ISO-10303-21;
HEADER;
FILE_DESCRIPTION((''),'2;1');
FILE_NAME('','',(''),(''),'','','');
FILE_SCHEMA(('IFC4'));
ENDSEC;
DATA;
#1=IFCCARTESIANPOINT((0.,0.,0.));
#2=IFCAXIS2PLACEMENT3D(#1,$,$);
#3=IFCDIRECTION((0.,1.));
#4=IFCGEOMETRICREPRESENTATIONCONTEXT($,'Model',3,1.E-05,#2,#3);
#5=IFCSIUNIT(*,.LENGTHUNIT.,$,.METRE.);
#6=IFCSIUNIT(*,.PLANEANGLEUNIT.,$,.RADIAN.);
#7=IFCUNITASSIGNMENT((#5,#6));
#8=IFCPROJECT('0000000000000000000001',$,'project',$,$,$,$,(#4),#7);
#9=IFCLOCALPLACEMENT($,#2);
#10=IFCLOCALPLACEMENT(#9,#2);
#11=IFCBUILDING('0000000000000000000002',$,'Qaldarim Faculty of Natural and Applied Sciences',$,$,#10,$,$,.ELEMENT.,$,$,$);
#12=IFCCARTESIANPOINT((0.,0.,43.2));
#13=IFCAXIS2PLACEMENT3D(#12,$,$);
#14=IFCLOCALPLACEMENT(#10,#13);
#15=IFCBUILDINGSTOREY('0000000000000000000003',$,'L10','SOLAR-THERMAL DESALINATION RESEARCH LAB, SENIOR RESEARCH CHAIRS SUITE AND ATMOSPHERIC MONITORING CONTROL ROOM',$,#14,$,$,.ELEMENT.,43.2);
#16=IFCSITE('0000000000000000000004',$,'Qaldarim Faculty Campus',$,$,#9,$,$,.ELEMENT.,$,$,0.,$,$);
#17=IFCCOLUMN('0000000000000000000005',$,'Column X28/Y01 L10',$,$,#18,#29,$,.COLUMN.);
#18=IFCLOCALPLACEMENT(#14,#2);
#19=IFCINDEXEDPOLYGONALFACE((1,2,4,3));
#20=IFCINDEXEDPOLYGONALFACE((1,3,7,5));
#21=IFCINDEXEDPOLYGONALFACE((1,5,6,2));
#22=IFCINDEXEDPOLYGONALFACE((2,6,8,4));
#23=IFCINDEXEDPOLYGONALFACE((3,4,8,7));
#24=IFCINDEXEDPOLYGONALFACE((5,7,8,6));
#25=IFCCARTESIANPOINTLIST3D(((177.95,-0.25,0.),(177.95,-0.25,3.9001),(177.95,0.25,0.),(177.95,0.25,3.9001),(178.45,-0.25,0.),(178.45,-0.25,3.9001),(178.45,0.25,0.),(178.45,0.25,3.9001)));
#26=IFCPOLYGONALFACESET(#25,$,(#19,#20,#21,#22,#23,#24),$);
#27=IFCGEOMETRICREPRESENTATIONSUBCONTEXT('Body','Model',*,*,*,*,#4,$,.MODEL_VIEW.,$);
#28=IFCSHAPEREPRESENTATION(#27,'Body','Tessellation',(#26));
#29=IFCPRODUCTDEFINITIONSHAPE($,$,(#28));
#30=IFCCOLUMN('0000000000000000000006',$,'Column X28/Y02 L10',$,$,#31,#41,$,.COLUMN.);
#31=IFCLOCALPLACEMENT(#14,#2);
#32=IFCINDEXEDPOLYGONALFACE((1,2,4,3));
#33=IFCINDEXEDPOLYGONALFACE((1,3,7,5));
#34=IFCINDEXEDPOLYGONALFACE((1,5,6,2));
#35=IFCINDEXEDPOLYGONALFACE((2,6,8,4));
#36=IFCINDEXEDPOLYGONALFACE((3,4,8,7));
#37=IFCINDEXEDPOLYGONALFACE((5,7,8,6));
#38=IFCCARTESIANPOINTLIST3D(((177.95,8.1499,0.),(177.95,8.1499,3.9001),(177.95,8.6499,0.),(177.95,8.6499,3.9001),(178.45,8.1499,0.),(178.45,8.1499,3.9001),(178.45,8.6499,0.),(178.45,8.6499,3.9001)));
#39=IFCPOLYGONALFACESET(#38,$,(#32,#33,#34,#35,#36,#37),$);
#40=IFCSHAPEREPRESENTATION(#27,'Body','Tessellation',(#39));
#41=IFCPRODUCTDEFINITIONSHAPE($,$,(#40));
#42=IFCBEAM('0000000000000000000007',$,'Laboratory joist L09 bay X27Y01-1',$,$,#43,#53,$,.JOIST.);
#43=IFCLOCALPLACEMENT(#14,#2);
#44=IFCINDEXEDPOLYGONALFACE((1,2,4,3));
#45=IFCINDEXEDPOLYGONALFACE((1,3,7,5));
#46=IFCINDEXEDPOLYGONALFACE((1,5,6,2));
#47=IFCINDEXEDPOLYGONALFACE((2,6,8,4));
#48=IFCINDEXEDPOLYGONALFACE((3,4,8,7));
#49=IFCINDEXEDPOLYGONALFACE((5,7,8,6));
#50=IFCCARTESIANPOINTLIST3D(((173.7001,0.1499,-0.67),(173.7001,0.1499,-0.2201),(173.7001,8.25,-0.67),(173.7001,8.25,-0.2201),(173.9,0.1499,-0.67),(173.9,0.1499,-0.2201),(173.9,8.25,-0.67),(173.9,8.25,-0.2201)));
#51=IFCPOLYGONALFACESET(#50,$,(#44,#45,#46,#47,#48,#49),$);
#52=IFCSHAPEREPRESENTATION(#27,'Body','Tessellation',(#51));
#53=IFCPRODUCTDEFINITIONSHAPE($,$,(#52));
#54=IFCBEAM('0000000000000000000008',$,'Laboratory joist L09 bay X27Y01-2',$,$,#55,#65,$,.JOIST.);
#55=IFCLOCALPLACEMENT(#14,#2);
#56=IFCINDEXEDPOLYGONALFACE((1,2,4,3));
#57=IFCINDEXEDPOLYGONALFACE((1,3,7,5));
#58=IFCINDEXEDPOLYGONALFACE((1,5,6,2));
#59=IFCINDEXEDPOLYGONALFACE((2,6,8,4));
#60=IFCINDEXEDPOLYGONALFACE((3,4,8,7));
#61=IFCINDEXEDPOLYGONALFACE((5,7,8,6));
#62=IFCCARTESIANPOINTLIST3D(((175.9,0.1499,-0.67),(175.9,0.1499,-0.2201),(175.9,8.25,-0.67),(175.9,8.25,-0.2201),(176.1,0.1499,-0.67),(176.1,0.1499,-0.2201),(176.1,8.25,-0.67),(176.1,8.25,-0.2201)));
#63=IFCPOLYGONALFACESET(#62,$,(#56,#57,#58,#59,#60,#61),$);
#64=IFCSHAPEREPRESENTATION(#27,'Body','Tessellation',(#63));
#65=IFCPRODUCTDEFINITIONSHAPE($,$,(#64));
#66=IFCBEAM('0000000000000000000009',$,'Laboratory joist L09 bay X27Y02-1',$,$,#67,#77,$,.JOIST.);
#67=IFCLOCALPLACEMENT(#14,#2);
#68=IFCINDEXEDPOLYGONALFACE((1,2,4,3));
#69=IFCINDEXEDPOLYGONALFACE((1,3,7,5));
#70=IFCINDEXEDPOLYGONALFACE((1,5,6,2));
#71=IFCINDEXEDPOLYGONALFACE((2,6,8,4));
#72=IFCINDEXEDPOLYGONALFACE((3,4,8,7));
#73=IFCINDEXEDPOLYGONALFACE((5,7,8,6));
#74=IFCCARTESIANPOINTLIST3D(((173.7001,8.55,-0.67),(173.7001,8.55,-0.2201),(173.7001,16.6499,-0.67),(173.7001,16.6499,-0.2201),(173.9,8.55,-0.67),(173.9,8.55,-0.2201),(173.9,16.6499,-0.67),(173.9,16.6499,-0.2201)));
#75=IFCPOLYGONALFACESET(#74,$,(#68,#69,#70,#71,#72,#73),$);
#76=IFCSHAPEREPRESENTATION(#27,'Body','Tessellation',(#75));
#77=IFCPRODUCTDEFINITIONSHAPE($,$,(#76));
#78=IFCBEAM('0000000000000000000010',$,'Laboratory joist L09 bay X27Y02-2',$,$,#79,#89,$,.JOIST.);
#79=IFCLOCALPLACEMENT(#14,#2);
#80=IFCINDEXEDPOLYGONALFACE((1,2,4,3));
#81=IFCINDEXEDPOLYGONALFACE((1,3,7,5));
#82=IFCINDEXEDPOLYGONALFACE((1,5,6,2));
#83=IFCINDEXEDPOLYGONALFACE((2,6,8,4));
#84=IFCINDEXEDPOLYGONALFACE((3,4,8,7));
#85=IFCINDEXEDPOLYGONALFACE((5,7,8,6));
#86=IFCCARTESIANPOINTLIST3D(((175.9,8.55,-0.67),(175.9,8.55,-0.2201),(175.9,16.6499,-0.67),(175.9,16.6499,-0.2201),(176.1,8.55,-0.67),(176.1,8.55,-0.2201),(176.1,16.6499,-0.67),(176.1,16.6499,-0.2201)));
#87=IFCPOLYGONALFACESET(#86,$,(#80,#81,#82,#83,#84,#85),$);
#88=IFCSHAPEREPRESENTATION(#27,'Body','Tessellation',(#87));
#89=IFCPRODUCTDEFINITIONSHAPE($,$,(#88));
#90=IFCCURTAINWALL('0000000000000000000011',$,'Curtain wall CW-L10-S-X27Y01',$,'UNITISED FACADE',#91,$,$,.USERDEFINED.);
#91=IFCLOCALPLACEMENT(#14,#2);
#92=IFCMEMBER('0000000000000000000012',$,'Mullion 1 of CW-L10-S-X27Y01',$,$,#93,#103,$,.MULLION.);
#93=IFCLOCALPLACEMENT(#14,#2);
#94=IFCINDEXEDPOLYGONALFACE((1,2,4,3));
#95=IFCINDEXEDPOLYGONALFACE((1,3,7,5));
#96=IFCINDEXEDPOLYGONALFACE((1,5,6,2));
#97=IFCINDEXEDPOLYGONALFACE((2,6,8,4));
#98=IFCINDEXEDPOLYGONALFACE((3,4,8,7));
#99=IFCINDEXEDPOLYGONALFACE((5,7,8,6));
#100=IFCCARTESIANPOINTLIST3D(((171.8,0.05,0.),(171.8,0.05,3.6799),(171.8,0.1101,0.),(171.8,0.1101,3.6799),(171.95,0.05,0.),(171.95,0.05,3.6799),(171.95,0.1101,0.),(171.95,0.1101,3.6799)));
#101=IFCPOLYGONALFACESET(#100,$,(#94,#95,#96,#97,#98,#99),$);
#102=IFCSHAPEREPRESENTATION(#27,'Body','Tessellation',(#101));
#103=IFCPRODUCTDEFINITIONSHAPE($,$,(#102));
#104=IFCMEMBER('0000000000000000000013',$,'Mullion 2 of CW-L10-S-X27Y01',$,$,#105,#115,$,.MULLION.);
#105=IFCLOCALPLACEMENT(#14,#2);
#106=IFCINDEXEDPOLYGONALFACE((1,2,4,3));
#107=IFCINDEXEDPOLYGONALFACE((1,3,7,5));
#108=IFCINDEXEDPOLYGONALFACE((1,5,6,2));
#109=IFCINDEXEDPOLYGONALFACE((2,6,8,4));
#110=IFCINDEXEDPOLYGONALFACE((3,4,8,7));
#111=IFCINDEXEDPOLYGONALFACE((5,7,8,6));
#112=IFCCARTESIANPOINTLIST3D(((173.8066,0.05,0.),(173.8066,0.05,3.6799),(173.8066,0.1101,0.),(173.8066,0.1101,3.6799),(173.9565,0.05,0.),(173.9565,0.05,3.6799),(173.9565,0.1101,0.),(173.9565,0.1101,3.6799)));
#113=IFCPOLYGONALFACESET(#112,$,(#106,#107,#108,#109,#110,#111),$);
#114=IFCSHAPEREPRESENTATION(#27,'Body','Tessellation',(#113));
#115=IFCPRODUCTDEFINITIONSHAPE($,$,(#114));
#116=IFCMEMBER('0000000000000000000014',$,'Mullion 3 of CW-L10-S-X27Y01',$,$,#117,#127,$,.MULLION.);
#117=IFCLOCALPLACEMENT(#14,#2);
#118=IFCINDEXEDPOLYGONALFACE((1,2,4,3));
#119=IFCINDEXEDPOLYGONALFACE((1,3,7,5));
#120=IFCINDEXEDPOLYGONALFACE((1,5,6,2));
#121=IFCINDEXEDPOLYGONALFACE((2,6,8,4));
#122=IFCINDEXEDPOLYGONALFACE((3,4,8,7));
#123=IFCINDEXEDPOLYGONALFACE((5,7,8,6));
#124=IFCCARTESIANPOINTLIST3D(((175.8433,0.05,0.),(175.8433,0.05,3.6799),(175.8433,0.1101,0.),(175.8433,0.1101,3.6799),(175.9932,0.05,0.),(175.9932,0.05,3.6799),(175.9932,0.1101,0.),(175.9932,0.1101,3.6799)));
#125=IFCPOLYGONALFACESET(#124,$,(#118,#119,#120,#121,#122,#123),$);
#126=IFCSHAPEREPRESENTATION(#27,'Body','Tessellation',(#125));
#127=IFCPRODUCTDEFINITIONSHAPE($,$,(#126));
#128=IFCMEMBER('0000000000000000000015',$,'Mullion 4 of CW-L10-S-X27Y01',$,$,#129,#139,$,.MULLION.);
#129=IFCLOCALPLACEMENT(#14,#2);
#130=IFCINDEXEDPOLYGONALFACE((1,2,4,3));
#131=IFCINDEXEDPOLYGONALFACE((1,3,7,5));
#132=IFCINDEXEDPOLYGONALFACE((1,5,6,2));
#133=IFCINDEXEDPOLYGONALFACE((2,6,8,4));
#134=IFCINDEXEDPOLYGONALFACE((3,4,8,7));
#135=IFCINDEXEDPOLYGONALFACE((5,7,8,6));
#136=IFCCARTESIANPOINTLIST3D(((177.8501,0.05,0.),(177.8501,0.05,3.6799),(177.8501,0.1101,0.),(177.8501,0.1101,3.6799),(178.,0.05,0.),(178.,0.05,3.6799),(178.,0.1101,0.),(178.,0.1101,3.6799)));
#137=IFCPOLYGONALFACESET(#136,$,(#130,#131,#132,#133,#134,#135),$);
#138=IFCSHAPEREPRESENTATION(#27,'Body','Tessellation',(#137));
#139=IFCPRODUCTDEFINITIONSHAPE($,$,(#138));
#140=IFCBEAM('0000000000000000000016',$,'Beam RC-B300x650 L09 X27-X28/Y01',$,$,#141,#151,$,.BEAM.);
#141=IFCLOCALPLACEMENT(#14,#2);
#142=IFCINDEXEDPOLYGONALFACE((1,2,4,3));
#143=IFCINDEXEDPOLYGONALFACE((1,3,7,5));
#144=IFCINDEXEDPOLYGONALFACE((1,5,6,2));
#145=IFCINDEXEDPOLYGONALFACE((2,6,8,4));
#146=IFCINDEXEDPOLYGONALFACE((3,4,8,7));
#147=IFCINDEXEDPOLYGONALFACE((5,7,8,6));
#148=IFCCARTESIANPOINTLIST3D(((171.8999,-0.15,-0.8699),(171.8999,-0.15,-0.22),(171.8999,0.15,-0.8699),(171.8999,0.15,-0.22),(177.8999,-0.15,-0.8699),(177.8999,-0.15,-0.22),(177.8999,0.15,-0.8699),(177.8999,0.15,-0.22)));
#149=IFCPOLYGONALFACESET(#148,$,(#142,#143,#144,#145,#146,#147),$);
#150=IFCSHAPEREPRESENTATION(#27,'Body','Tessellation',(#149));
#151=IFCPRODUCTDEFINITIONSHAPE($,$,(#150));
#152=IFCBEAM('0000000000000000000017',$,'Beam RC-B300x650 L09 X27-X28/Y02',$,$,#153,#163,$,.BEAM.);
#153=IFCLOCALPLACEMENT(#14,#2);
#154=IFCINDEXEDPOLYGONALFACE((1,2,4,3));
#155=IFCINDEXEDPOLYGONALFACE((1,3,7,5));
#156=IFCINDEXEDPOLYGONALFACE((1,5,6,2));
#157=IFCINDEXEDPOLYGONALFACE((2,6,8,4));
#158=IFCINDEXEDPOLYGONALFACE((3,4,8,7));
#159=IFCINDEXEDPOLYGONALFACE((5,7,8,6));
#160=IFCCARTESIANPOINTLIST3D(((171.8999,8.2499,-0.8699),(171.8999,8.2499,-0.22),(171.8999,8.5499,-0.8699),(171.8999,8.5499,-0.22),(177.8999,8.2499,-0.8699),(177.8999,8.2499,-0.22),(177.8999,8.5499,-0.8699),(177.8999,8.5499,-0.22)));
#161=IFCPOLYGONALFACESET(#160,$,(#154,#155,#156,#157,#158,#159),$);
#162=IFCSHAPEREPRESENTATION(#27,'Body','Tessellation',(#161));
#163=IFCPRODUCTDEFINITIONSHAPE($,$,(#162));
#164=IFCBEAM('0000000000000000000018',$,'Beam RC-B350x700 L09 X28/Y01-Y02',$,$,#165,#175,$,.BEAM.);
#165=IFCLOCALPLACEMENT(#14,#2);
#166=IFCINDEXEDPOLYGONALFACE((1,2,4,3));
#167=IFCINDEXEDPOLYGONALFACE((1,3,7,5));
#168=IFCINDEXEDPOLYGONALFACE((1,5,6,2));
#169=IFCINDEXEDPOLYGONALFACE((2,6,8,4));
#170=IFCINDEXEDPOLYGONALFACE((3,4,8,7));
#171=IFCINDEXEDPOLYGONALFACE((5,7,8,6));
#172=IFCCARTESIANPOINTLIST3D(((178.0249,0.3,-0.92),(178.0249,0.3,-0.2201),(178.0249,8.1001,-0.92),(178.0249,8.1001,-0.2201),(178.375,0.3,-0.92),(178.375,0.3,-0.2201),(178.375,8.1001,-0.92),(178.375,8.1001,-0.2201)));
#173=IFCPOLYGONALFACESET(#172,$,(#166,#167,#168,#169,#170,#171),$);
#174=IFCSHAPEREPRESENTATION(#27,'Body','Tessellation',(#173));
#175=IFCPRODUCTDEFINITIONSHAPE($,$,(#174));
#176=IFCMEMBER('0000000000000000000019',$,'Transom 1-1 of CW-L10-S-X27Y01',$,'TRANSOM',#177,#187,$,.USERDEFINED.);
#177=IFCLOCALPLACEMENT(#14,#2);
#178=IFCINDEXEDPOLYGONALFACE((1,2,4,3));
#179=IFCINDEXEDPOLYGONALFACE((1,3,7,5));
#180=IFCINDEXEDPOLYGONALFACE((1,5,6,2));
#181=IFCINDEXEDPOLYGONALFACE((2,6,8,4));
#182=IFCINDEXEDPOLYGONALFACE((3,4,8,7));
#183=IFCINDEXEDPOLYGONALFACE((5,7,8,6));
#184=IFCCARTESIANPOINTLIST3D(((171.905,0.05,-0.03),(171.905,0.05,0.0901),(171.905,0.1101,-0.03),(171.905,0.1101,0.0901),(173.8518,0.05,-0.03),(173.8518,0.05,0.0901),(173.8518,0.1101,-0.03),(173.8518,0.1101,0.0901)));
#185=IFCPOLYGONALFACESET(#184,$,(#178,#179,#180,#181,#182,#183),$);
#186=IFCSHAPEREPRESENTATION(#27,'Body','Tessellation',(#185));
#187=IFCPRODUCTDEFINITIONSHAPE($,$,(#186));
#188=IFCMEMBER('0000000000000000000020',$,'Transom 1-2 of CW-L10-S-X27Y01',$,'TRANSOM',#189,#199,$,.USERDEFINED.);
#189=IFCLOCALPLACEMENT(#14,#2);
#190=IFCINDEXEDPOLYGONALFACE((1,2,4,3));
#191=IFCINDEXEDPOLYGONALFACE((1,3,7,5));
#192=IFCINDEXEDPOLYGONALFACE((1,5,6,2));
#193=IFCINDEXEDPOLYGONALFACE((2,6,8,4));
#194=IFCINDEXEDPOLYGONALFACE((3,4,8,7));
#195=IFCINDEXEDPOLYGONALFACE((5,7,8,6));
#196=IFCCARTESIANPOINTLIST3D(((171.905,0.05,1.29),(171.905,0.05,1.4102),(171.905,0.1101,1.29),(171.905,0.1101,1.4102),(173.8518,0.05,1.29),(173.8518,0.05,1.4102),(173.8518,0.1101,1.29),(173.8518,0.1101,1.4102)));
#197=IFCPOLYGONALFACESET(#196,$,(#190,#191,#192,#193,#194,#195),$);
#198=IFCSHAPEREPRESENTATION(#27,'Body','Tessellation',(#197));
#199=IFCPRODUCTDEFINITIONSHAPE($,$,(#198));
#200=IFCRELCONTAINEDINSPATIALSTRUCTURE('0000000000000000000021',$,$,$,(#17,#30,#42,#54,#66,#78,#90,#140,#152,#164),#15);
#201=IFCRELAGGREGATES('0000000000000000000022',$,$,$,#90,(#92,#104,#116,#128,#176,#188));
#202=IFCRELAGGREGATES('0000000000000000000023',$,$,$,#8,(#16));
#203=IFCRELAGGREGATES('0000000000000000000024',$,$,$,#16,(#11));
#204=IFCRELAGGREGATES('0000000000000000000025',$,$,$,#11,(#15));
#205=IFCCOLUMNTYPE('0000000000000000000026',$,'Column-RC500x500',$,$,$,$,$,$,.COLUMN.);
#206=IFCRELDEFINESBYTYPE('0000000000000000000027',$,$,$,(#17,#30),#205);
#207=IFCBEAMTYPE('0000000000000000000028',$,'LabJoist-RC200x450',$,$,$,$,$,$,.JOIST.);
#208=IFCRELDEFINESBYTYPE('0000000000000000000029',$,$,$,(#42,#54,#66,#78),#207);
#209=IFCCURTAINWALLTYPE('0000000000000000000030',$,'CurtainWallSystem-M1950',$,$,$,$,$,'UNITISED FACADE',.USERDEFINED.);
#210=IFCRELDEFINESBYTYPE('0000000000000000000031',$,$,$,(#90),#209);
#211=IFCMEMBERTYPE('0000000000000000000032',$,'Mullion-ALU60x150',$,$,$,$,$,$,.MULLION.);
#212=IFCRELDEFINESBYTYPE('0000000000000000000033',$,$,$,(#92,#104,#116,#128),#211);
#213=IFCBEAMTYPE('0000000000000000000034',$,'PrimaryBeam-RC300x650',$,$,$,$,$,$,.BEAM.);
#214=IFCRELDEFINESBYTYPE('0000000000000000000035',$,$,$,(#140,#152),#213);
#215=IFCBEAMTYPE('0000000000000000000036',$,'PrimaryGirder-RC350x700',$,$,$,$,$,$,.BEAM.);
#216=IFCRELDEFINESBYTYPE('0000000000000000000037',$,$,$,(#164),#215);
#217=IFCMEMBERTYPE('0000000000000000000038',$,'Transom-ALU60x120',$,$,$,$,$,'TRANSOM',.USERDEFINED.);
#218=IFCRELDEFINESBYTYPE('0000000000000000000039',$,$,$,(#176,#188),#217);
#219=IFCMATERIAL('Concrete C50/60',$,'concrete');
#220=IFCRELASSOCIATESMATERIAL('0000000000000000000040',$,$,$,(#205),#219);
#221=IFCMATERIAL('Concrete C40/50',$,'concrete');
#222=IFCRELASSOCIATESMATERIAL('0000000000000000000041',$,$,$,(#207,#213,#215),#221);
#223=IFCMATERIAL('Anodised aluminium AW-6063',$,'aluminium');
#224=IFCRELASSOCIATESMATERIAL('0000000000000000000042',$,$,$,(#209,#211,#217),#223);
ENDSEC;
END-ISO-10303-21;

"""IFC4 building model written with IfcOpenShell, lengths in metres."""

from ifc_helpers import new_model, si_unit, direction, frame, origin, origin_2d, place, context, subcontext, project, spatial, rectangle, extrude, material, material_profile, profile_set, type_object, element, aggregate, save


model = new_model("IFC4")

# Units and contexts
model_context = context("Model", 3, precision=1e-05, world=origin(), true_north=direction((0.0, 1.0)))
body_context = subcontext(model_context, "Body", "Model", "MODEL_VIEW")
ifc_project = project(units=[si_unit("LENGTHUNIT", "METRE"), si_unit("PLANEANGLEUNIT", "RADIAN")], contexts=[model_context])

# Site, building, storey
site_placement = place(None, origin())
site = spatial("IfcSite", under=ifc_project, at=site_placement, Name="Qaldarim Faculty Campus", CompositionType="ELEMENT", RefElevation=0.0)
building_placement = place(site_placement, origin())
building = spatial("IfcBuilding", under=site, at=building_placement, Name="Qaldarim Faculty of Natural and Applied Sciences", CompositionType="ELEMENT")
storey_placement = place(building_placement, frame((0.0, 0.0, 43.2)))
storey = spatial("IfcBuildingStorey", under=building, at=storey_placement, Name="L10", Description="SOLAR-THERMAL DESALINATION RESEARCH LAB, SENIOR RESEARCH CHAIRS SUITE AND ATMOSPHERIC MONITORING CONTROL ROOM", CompositionType="ELEMENT", Elevation=43.2)

# Columns
ifc_material_1 = material(Name="Concrete C50/60", Category="concrete")
ifc_material_profile_1 = material_profile(ifc_material_1, rectangle(XDim=0.5, YDim=0.5, at=origin_2d()), Name="RC-C500x500")
ifc_profile_set_1 = profile_set([ifc_material_profile_1], Name="Concrete C50/60")
column_type = type_object("IfcColumnType", Name="Column-RC500x500", PredefinedType="COLUMN", material=ifc_profile_set_1)
for number, where, z_axis, x_axis, name in (
    (1, (178.2, 0.0, 0.0), (0.0, 0.0, 1.0), (1.0, 0.0, 0.0), "Column X28/Y01 L10"),
    (2, (178.2, 8.3999, 0.0), (0.0, 0.0, 1.0), (1.0, 0.0, 0.0), "Column X28/Y02 L10"),
):
    element("IfcColumn", number, at=place(storey_placement, frame(where, z_axis=z_axis, x_axis=x_axis)), inside=storey, type_object=column_type, Name=name, PredefinedType="COLUMN", context=body_context, shape_type="SweptSolid", body=[
        extrude(rectangle(XDim=0.5, YDim=0.5, at=origin_2d()), origin(), (0.0, 0.0, 1.0), 3.9001),
    ])

# Beams
ifc_material_2 = material(Name="Concrete C40/50", Category="concrete")
ifc_material_profile_2 = material_profile(ifc_material_2, rectangle(XDim=0.2, YDim=0.45, at=origin_2d()), Name="RC-J200x450")
ifc_profile_set_2 = profile_set([ifc_material_profile_2], Name="Concrete C40/50")
beam_type_1 = type_object("IfcBeamType", Name="LabJoist-RC200x450", PredefinedType="JOIST", material=ifc_profile_set_2)
for number, where, z_axis, x_axis, name in (
    (3, (173.8, 0.1499, -0.4451), (0.0, 1.0, 0.0), (-1.0, 0.0, 0.0), "Laboratory joist L09 bay X27Y01-1"),
    (4, (176.0, 0.1499, -0.4451), (0.0, 1.0, 0.0), (-1.0, 0.0, 0.0), "Laboratory joist L09 bay X27Y01-2"),
):
    element("IfcBeam", number, at=place(storey_placement, frame(where, z_axis=z_axis, x_axis=x_axis)), inside=storey, type_object=beam_type_1, Name=name, PredefinedType="JOIST", context=body_context, shape_type="SweptSolid", body=[
        extrude(rectangle(XDim=0.2, YDim=0.45, at=origin_2d()), origin(), (0.0, 0.0, 1.0), 8.1001),
    ])
for number, where, z_axis, x_axis, name in (
    (5, (173.8, 8.55, -0.4451), (0.0, 1.0, 0.0), (-1.0, 0.0, 0.0), "Laboratory joist L09 bay X27Y02-1"),
    (6, (176.0, 8.55, -0.4451), (0.0, 1.0, 0.0), (-1.0, 0.0, 0.0), "Laboratory joist L09 bay X27Y02-2"),
):
    element("IfcBeam", number, at=place(storey_placement, frame(where, z_axis=z_axis, x_axis=x_axis)), inside=storey, type_object=beam_type_1, Name=name, PredefinedType="JOIST", context=body_context, shape_type="SweptSolid", body=[
        extrude(rectangle(XDim=0.2, YDim=0.45, at=origin_2d()), origin(), (0.0, 0.0, 1.0), 8.0999),
    ])

# Curtain wall, members
ifc_material_3 = material(Name="Anodised aluminium AW-6063", Category="aluminium")
curtain_wall_type = type_object("IfcCurtainWallType", Name="CurtainWallSystem-M1950", ElementType="UNITISED FACADE", PredefinedType="USERDEFINED", material=ifc_material_3)
curtain_wall_placement = place(storey_placement, origin())
curtain_wall = element("IfcCurtainWall", 7, at=curtain_wall_placement, inside=storey, type_object=curtain_wall_type, Name="Curtain wall CW-L10-S-X27Y01", ObjectType="UNITISED FACADE", PredefinedType="USERDEFINED")
ifc_material_profile_3 = material_profile(ifc_material_3, rectangle(XDim=0.0601, YDim=0.1499, at=origin_2d()), Name="ALU-M60x150")
ifc_profile_set_3 = profile_set([ifc_material_profile_3], Name="Anodised aluminium AW-6063")
member_type_1 = type_object("IfcMemberType", Name="Mullion-ALU60x150", PredefinedType="MULLION", material=ifc_profile_set_3)
member_1_placement = place(storey_placement, frame((171.875, 0.0801, 0.0), z_axis=(0.0, 0.0, 1.0), x_axis=(0.0, 1.0, 0.0)))
member_1 = element("IfcMember", 8, at=member_1_placement, type_object=member_type_1, Name="Mullion 1 of CW-L10-S-X27Y01", PredefinedType="MULLION", context=body_context, shape_type="SweptSolid", body=[
    extrude(rectangle(XDim=0.0601, YDim=0.1499, at=origin_2d()), origin(), (0.0, 0.0, 1.0), 3.6799),
])
member_2_placement = place(storey_placement, frame((173.8816, 0.0801, 0.0), z_axis=(0.0, 0.0, 1.0), x_axis=(0.0, 1.0, 0.0)))
member_2 = element("IfcMember", 9, at=member_2_placement, type_object=member_type_1, Name="Mullion 2 of CW-L10-S-X27Y01", PredefinedType="MULLION", context=body_context, shape_type="SweptSolid", body=[
    extrude(rectangle(XDim=0.0601, YDim=0.1499, at=origin_2d()), origin(), (0.0, 0.0, 1.0), 3.6799),
])
member_3_placement = place(storey_placement, frame((175.9182, 0.0801, 0.0), z_axis=(0.0, 0.0, 1.0), x_axis=(0.0, 1.0, 0.0)))
member_3 = element("IfcMember", 10, at=member_3_placement, type_object=member_type_1, Name="Mullion 3 of CW-L10-S-X27Y01", PredefinedType="MULLION", context=body_context, shape_type="SweptSolid", body=[
    extrude(rectangle(XDim=0.0601, YDim=0.1499, at=origin_2d()), origin(), (0.0, 0.0, 1.0), 3.6799),
])
member_4_placement = place(storey_placement, frame((177.925, 0.0801, 0.0), z_axis=(0.0, 0.0, 1.0), x_axis=(0.0, 1.0, 0.0)))
member_4 = element("IfcMember", 11, at=member_4_placement, type_object=member_type_1, Name="Mullion 4 of CW-L10-S-X27Y01", PredefinedType="MULLION", context=body_context, shape_type="SweptSolid", body=[
    extrude(rectangle(XDim=0.0601, YDim=0.1499, at=origin_2d()), origin(), (0.0, 0.0, 1.0), 3.6799),
])

# Beams
ifc_material_profile_4 = material_profile(ifc_material_2, rectangle(XDim=0.3, YDim=0.6499, at=origin_2d()), Name="RC-B300x650")
ifc_profile_set_4 = profile_set([ifc_material_profile_4], Name="Concrete C40/50")
beam_type_2 = type_object("IfcBeamType", Name="PrimaryBeam-RC300x650", PredefinedType="BEAM", material=ifc_profile_set_4)
for number, where, z_axis, x_axis, name in (
    (12, (171.8999, 0.0, -0.5449), (1.0, 0.0, 0.0), (0.0, 1.0, 0.0), "Beam RC-B300x650 L09 X27-X28/Y01"),
    (13, (171.8999, 8.3999, -0.5449), (1.0, 0.0, 0.0), (0.0, 1.0, 0.0), "Beam RC-B300x650 L09 X27-X28/Y02"),
):
    element("IfcBeam", number, at=place(storey_placement, frame(where, z_axis=z_axis, x_axis=x_axis)), inside=storey, type_object=beam_type_2, Name=name, PredefinedType="BEAM", context=body_context, shape_type="SweptSolid", body=[
        extrude(rectangle(XDim=0.3, YDim=0.6499, at=origin_2d()), origin(), (0.0, 0.0, 1.0), 6.0),
    ])
ifc_material_profile_5 = material_profile(ifc_material_2, rectangle(XDim=0.3501, YDim=0.7, at=origin_2d()), Name="RC-B350x700")
ifc_profile_set_5 = profile_set([ifc_material_profile_5], Name="Concrete C40/50")
beam_type_3 = type_object("IfcBeamType", Name="PrimaryGirder-RC350x700", PredefinedType="BEAM", material=ifc_profile_set_5)
beam_placement = place(storey_placement, frame((178.2, 0.3, -0.5701), z_axis=(0.0, 1.0, 0.0), x_axis=(-1.0, 0.0, 0.0)))
element("IfcBeam", 14, at=beam_placement, inside=storey, type_object=beam_type_3, Name="Beam RC-B350x700 L09 X28/Y01-Y02", PredefinedType="BEAM", context=body_context, shape_type="SweptSolid", body=[
    extrude(rectangle(XDim=0.3501, YDim=0.7, at=origin_2d()), origin(), (0.0, 0.0, 1.0), 7.8),
])

# Members
ifc_material_profile_6 = material_profile(ifc_material_3, rectangle(XDim=0.0601, YDim=0.1201, at=origin_2d()), Name="ALU-T60x120")
ifc_profile_set_6 = profile_set([ifc_material_profile_6], Name="Anodised aluminium AW-6063")
member_type_2 = type_object("IfcMemberType", Name="Transom-ALU60x120", ElementType="TRANSOM", PredefinedType="USERDEFINED", material=ifc_profile_set_6)
member_5_placement = place(storey_placement, frame((171.905, 0.0801, 0.03), z_axis=(1.0, 0.0, 0.0), x_axis=(0.0, 1.0, 0.0)))
member_5 = element("IfcMember", 15, at=member_5_placement, type_object=member_type_2, Name="Transom 1-1 of CW-L10-S-X27Y01", ObjectType="TRANSOM", PredefinedType="USERDEFINED", context=body_context, shape_type="SweptSolid", body=[
    extrude(rectangle(XDim=0.0601, YDim=0.1201, at=origin_2d()), origin(), (0.0, 0.0, 1.0), 1.9468),
])
member_6_placement = place(storey_placement, frame((171.905, 0.0801, 1.3501), z_axis=(1.0, 0.0, 0.0), x_axis=(0.0, 1.0, 0.0)))
member_6 = element("IfcMember", 16, at=member_6_placement, type_object=member_type_2, Name="Transom 1-2 of CW-L10-S-X27Y01", ObjectType="TRANSOM", PredefinedType="USERDEFINED", context=body_context, shape_type="SweptSolid", body=[
    extrude(rectangle(XDim=0.0601, YDim=0.1201, at=origin_2d()), origin(), (0.0, 0.0, 1.0), 1.9468),
])

aggregate(curtain_wall, [member_1, member_2, member_3, member_4, member_5, member_6])

save(model, "model.ifc")
